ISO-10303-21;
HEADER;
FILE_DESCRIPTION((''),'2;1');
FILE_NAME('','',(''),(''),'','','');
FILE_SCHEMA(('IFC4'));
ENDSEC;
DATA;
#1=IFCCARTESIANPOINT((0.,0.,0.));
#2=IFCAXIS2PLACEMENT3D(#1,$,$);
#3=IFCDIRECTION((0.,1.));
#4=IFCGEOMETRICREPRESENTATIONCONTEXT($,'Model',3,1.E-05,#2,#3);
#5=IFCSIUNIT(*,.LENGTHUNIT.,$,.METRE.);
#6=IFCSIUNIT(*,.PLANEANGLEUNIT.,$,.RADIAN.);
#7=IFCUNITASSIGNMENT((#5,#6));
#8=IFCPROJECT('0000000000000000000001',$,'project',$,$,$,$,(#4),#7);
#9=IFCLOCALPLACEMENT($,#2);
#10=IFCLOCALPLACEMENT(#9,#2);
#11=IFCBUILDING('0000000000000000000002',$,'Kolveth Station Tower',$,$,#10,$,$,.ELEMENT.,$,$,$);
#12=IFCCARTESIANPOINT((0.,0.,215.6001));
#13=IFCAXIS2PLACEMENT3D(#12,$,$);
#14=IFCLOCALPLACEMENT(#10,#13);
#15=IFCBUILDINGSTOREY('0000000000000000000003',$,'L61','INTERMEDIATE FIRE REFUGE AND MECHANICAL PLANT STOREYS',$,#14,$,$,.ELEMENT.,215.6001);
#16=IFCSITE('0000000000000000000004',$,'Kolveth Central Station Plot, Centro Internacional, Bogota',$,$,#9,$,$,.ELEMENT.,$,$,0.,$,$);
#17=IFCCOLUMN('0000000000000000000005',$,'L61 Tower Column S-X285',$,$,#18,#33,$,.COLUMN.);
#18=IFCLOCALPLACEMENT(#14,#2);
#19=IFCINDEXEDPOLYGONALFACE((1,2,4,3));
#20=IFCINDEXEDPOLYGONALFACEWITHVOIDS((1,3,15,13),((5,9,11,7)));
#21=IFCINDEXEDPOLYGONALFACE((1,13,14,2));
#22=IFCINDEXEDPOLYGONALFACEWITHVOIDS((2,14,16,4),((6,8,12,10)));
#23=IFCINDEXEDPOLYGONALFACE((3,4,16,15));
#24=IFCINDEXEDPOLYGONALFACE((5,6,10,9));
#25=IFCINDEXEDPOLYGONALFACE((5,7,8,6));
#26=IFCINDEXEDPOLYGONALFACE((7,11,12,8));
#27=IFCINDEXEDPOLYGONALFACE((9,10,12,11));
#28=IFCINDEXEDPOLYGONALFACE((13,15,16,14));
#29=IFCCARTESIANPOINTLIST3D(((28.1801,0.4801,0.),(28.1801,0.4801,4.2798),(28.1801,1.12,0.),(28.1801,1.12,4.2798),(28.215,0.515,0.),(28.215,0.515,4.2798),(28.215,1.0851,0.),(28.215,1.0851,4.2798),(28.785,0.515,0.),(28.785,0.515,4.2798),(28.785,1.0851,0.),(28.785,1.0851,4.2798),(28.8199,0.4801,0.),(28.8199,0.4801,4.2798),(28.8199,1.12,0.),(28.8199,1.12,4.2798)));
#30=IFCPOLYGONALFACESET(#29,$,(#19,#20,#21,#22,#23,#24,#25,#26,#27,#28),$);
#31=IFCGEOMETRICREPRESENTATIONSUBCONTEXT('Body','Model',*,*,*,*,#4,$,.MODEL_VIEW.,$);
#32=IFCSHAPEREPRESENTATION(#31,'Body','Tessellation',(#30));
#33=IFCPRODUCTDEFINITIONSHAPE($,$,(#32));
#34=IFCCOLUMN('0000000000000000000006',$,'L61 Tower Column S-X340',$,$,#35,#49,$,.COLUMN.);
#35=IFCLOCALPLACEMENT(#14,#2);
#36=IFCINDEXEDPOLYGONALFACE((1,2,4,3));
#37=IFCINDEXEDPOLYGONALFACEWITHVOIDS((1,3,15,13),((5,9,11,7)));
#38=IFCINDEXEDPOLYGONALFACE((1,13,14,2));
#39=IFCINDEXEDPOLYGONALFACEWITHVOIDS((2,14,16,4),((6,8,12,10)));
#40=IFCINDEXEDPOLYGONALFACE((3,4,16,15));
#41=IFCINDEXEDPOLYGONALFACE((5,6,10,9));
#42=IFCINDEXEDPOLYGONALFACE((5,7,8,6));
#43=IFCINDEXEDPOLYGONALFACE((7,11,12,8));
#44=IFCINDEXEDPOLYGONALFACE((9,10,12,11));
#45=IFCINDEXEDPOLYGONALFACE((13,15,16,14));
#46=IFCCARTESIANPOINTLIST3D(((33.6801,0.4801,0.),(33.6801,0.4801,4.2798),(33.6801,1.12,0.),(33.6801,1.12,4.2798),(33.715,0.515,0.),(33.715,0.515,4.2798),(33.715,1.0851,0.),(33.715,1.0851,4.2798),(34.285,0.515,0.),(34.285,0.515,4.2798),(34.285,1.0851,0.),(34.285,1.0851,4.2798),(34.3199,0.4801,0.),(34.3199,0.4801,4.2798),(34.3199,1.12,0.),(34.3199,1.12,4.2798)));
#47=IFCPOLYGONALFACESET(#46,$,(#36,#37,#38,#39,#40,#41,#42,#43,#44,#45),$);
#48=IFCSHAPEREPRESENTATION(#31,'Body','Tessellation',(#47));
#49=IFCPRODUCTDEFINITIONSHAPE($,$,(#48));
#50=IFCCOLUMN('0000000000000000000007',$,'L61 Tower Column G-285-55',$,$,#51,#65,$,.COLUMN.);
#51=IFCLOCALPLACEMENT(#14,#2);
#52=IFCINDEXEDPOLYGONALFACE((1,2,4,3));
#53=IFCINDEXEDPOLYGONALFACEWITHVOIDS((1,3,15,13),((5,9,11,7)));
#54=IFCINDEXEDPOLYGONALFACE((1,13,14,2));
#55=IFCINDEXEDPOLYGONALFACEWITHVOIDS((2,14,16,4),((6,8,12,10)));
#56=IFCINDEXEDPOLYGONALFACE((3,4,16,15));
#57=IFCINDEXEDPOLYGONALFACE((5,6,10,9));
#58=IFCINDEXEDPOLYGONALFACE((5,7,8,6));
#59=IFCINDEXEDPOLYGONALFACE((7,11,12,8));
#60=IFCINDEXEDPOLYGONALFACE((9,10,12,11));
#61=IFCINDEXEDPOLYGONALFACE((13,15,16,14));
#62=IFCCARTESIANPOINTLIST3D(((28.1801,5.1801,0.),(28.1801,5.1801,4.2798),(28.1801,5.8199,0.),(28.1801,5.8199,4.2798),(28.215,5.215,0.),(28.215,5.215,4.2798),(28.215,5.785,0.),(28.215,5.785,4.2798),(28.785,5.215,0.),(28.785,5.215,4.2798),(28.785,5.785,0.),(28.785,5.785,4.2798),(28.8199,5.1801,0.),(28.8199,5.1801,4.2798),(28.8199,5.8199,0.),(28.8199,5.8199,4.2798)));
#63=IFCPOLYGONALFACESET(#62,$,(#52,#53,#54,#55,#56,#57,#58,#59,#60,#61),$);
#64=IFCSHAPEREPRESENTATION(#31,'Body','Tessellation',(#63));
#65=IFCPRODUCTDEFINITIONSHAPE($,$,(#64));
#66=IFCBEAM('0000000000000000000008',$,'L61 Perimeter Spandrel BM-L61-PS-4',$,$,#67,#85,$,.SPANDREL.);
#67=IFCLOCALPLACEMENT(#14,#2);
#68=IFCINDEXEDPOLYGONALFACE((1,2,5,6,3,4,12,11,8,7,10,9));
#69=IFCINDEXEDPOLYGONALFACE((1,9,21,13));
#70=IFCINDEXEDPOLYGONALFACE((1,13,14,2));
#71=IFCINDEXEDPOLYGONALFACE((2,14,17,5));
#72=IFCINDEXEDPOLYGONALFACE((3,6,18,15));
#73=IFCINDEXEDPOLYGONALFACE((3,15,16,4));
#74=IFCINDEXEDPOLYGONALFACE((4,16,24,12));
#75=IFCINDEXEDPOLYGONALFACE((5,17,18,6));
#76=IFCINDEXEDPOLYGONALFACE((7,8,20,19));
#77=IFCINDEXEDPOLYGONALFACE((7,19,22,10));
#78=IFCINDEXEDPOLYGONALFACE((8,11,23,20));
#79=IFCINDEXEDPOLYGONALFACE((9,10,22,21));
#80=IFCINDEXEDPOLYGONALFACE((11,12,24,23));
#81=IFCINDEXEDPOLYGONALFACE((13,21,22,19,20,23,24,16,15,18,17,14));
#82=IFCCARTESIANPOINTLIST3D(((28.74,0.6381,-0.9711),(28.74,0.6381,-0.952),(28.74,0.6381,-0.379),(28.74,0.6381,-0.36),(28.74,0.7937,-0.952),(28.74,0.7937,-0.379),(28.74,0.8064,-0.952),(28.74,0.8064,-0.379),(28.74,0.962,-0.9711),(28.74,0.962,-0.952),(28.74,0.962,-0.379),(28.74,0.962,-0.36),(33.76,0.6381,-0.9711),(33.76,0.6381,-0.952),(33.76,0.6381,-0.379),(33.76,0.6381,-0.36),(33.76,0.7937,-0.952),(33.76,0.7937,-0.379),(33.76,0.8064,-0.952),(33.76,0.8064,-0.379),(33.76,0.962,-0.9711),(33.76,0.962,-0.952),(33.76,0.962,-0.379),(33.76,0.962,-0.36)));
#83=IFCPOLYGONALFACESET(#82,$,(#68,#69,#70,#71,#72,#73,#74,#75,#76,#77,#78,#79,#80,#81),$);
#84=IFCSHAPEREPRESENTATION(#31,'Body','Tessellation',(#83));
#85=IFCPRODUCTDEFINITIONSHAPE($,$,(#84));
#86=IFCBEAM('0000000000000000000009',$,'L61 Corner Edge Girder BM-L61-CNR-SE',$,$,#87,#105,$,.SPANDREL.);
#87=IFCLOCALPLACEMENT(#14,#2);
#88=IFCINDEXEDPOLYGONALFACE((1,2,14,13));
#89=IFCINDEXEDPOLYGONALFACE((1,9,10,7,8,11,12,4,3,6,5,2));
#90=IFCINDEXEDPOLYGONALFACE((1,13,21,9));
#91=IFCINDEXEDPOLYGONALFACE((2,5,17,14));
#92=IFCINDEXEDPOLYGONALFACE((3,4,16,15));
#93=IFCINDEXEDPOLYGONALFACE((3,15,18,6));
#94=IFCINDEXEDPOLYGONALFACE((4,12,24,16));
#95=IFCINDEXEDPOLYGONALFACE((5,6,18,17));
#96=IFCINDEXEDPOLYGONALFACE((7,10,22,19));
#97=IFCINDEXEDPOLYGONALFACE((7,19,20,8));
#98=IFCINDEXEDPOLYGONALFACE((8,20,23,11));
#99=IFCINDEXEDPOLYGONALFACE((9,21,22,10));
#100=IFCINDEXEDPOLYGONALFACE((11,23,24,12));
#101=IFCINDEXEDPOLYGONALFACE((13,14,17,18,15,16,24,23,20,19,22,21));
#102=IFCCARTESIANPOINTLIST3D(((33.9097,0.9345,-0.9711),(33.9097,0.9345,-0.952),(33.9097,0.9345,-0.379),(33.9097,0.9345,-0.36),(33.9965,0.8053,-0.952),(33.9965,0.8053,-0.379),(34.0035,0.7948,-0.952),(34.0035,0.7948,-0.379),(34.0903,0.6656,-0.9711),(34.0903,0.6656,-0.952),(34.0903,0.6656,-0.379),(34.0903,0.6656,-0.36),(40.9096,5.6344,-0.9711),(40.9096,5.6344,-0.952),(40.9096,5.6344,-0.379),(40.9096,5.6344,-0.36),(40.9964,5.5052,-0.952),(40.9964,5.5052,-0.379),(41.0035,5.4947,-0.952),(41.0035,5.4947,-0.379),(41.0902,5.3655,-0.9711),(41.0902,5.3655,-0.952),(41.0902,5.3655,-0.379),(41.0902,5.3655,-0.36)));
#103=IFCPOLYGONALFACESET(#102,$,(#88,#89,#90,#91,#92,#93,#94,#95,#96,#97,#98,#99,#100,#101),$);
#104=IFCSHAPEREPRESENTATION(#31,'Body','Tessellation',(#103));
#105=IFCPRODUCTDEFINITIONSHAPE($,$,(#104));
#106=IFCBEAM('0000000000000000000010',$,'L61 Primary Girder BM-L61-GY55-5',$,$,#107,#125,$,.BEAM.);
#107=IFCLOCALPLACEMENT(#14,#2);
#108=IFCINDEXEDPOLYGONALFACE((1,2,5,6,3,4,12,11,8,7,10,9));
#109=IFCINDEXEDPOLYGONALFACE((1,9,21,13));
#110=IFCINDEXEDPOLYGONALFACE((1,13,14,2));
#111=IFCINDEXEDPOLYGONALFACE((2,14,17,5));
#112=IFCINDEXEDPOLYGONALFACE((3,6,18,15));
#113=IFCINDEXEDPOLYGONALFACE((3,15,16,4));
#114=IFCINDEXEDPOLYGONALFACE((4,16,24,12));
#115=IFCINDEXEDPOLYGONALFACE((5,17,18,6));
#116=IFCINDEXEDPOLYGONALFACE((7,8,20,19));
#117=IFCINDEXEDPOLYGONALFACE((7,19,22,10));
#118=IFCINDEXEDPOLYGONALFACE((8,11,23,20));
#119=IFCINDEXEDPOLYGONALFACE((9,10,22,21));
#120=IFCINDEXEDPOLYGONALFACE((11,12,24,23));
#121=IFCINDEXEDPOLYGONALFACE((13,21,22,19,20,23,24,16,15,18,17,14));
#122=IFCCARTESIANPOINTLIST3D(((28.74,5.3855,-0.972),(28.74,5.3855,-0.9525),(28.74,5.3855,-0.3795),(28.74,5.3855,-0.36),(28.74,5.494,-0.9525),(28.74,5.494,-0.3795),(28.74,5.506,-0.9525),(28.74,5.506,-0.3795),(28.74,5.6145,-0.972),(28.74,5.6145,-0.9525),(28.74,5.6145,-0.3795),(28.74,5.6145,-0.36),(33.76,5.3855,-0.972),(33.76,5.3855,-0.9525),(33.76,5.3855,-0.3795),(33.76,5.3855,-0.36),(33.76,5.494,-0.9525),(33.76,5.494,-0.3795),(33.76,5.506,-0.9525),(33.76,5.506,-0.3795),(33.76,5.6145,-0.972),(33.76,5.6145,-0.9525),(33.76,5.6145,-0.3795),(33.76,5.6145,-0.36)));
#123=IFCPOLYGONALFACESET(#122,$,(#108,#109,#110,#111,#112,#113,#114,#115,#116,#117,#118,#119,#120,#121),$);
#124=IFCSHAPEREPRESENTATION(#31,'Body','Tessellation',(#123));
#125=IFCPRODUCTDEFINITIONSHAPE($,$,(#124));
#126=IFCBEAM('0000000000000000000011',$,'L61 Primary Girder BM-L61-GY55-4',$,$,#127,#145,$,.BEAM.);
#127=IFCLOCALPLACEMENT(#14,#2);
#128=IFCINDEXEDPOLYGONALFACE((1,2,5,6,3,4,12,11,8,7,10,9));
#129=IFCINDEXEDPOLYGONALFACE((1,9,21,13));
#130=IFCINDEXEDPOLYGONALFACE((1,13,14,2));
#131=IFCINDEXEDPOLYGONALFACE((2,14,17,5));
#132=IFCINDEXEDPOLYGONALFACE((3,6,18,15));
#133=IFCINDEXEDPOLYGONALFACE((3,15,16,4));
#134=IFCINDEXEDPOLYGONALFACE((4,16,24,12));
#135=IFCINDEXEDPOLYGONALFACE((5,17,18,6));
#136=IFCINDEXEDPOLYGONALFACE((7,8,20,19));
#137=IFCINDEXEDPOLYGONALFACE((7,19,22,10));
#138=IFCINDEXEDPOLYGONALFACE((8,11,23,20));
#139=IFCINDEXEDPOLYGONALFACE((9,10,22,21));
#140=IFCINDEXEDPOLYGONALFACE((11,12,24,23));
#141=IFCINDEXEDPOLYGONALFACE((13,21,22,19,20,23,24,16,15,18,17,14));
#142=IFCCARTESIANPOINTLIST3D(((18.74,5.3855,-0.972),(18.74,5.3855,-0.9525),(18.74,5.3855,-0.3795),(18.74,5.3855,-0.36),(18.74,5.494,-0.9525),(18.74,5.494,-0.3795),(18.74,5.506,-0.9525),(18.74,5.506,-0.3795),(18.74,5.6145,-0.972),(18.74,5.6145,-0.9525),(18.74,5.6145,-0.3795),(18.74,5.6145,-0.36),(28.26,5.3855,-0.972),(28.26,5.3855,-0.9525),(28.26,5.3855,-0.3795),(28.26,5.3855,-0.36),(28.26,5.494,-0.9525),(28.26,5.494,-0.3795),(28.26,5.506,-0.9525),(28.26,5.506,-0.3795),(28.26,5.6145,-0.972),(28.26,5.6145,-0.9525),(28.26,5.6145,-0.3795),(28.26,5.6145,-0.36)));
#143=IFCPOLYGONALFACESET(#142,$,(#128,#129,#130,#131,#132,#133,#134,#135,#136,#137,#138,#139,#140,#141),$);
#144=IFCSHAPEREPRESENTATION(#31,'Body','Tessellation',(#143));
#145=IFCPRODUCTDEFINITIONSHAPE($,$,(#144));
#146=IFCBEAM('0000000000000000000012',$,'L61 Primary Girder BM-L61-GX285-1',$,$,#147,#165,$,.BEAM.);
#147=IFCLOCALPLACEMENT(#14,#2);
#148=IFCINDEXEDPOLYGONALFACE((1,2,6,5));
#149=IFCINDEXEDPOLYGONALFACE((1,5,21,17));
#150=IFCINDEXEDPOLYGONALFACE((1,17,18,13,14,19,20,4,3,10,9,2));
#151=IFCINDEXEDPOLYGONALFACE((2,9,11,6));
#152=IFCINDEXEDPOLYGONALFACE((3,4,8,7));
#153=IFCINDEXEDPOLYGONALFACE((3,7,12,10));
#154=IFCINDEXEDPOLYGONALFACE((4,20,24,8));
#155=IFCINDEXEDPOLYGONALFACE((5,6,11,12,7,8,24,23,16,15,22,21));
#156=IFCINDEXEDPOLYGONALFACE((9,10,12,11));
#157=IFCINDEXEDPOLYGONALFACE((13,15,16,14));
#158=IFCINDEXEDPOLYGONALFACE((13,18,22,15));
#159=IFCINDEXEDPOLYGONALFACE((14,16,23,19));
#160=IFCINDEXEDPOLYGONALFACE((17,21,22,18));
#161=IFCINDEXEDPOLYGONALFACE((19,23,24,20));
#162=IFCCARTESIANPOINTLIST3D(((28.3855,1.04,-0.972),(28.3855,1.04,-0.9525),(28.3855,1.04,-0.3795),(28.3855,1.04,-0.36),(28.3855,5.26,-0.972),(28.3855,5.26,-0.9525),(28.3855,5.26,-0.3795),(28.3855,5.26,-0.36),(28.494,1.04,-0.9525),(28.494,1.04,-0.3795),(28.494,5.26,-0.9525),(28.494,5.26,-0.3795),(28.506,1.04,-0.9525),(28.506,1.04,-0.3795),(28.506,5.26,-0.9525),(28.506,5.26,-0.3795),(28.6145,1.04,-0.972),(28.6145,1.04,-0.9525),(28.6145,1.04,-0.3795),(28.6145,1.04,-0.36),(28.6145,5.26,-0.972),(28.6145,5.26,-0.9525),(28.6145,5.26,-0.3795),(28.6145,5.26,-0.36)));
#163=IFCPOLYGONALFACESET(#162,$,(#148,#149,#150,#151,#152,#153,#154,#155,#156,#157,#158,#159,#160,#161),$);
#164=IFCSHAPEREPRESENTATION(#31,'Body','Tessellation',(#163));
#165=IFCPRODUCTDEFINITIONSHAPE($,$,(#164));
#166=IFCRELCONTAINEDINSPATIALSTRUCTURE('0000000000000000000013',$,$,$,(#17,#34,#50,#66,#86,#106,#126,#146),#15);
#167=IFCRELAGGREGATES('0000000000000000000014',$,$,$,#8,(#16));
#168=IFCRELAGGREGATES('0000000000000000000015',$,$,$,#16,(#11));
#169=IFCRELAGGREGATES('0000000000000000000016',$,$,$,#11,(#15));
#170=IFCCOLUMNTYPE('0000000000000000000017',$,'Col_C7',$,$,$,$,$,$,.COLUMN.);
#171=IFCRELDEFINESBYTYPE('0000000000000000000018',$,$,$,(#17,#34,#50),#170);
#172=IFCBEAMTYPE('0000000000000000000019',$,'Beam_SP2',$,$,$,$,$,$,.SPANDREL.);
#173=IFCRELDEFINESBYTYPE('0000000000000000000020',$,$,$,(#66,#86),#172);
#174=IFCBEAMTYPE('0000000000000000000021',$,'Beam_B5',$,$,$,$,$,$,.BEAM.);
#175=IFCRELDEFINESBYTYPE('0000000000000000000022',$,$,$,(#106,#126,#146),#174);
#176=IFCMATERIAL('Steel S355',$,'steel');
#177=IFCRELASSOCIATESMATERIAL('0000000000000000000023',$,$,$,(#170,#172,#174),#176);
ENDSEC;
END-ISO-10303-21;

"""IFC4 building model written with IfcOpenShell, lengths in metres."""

from ifc_helpers import new_model, si_unit, direction, frame, origin, origin_2d, place, context, subcontext, project, spatial, hollow_rectangle, i_section, extrude, source, transform, mapped, material, material_profile, profile_set, type_object, element, save


model = new_model("IFC4")

# Units and contexts
model_context = context("Model", 3, precision=1e-05, world=origin(), true_north=direction((0.0, 1.0)))
body_context = subcontext(model_context, "Body", "Model", "MODEL_VIEW")
ifc_project = project(units=[si_unit("LENGTHUNIT", "METRE"), si_unit("PLANEANGLEUNIT", "RADIAN")], contexts=[model_context])

# Site, building, storey
site_placement = place(None, origin())
site = spatial("IfcSite", under=ifc_project, at=site_placement, Name="Kolveth Central Station Plot, Centro Internacional, Bogota", CompositionType="ELEMENT", RefElevation=0.0)
building_placement = place(site_placement, origin())
building = spatial("IfcBuilding", under=site, at=building_placement, Name="Kolveth Station Tower", CompositionType="ELEMENT")
storey_placement = place(building_placement, frame((0.0, 0.0, 215.6001)))
storey = spatial("IfcBuildingStorey", under=building, at=storey_placement, Name="L61", Description="INTERMEDIATE FIRE REFUGE AND MECHANICAL PLANT STOREYS", CompositionType="ELEMENT", Elevation=215.6001)

# Columns
ifc_material_1 = material(Name="Steel S355", Category="steel")
ifc_material_profile_1 = material_profile(ifc_material_1, hollow_rectangle(XDim=0.6399, YDim=0.6399, WallThickness=0.0349, at=origin_2d()), Name="BOX640x640x35")
ifc_profile_set_1 = profile_set([ifc_material_profile_1], Name="Steel S355")
column_type = type_object("IfcColumnType", Name="Col_C7", PredefinedType="COLUMN", material=ifc_profile_set_1)
shared_shape_1 = source(origin(), body_context, "Body", "SweptSolid", [
    extrude(hollow_rectangle(XDim=0.6399, YDim=0.6399, WallThickness=0.0349, at=origin_2d()), origin(), (0.0, 0.0, 1.0), 4.2798),
])
for number, where, z_axis, x_axis, name in (
    (1, (28.5, 0.8, 0.0), (0.0, 0.0, 1.0), (1.0, 0.0, 0.0), "L61 Tower Column S-X285"),
    (2, (34.0, 0.8, 0.0), (0.0, 0.0, 1.0), (1.0, 0.0, 0.0), "L61 Tower Column S-X340"),
    (3, (28.5, 5.5, 0.0), (0.0, 0.0, 1.0), (1.0, 0.0, 0.0), "L61 Tower Column G-285-55"),
):
    element("IfcColumn", number, at=place(storey_placement, frame(where, z_axis=z_axis, x_axis=x_axis)), inside=storey, type_object=column_type, Name=name, PredefinedType="COLUMN", context=body_context, shape_type="MappedRepresentation", body=[
        mapped(shared_shape_1, transform((0.0, 0.0, 0.0), x_axis=(1.0, 0.0, 0.0), y_axis=(0.0, 1.0, 0.0), z_axis=(0.0, 0.0, 1.0), scale=1.0)),
    ])

# Beams
ifc_material_profile_2 = material_profile(ifc_material_1, i_section(OverallWidth=0.324, OverallDepth=0.6111, WebThickness=0.0127, FlangeThickness=0.019, at=origin_2d()), Name="W610x155")
ifc_profile_set_2 = profile_set([ifc_material_profile_2], Name="Steel S355")
beam_type_1 = type_object("IfcBeamType", Name="Beam_SP2", PredefinedType="SPANDREL", material=ifc_profile_set_2)
shared_shape_2 = source(origin(), body_context, "Body", "SweptSolid", [
    extrude(i_section(OverallWidth=0.324, OverallDepth=0.6111, WebThickness=0.0127, FlangeThickness=0.019, at=origin_2d()), origin(), (0.0, 0.0, 1.0), 5.02),
])
beam_1_placement = place(storey_placement, frame((28.74, 0.8, -0.6655), z_axis=(1.0, 0.0, 0.0), x_axis=(0.0, 1.0, 0.0)))
element("IfcBeam", 4, at=beam_1_placement, inside=storey, type_object=beam_type_1, Name="L61 Perimeter Spandrel BM-L61-PS-4", PredefinedType="SPANDREL", context=body_context, shape_type="MappedRepresentation", body=[
    mapped(shared_shape_2, transform((0.0, 0.0, 0.0), x_axis=(1.0, 0.0, 0.0), y_axis=(0.0, 1.0, 0.0), z_axis=(0.0, 0.0, 1.0), scale=1.0)),
])
shared_shape_3 = source(origin(), body_context, "Body", "SweptSolid", [
    extrude(i_section(OverallWidth=0.324, OverallDepth=0.6111, WebThickness=0.0127, FlangeThickness=0.019, at=origin_2d()), origin(), (0.0, 0.0, 1.0), 8.4314),
])
beam_2_placement = place(storey_placement, frame((34.0, 0.8, -0.6655), z_axis=(0.830224, 0.55743, 0.0), x_axis=(-0.55743, 0.830224, 0.0)))
element("IfcBeam", 5, at=beam_2_placement, inside=storey, type_object=beam_type_1, Name="L61 Corner Edge Girder BM-L61-CNR-SE", PredefinedType="SPANDREL", context=body_context, shape_type="MappedRepresentation", body=[
    mapped(shared_shape_3, transform((0.0, 0.0, 0.0), x_axis=(1.0, 0.0, 0.0), y_axis=(0.0, 1.0, 0.0), z_axis=(0.0, 0.0, 1.0), scale=1.0)),
])
ifc_material_profile_3 = material_profile(ifc_material_1, i_section(OverallWidth=0.229, OverallDepth=0.6121, WebThickness=0.012, FlangeThickness=0.0195, at=origin_2d()), Name="W610x125")
ifc_profile_set_3 = profile_set([ifc_material_profile_3], Name="Steel S355")
beam_type_2 = type_object("IfcBeamType", Name="Beam_B5", PredefinedType="BEAM", material=ifc_profile_set_3)
shared_shape_4 = source(origin(), body_context, "Body", "SweptSolid", [
    extrude(i_section(OverallWidth=0.229, OverallDepth=0.6121, WebThickness=0.012, FlangeThickness=0.0195, at=origin_2d()), origin(), (0.0, 0.0, 1.0), 5.02),
])
beam_3_placement = place(storey_placement, frame((28.74, 5.5, -0.666), z_axis=(1.0, 0.0, 0.0), x_axis=(0.0, 1.0, 0.0)))
element("IfcBeam", 6, at=beam_3_placement, inside=storey, type_object=beam_type_2, Name="L61 Primary Girder BM-L61-GY55-5", PredefinedType="BEAM", context=body_context, shape_type="MappedRepresentation", body=[
    mapped(shared_shape_4, transform((0.0, 0.0, 0.0), x_axis=(1.0, 0.0, 0.0), y_axis=(0.0, 1.0, 0.0), z_axis=(0.0, 0.0, 1.0), scale=1.0)),
])
shared_shape_5 = source(origin(), body_context, "Body", "SweptSolid", [
    extrude(i_section(OverallWidth=0.229, OverallDepth=0.6121, WebThickness=0.012, FlangeThickness=0.0195, at=origin_2d()), origin(), (0.0, 0.0, 1.0), 9.52),
])
beam_4_placement = place(storey_placement, frame((18.74, 5.5, -0.666), z_axis=(1.0, 0.0, 0.0), x_axis=(0.0, 1.0, 0.0)))
element("IfcBeam", 7, at=beam_4_placement, inside=storey, type_object=beam_type_2, Name="L61 Primary Girder BM-L61-GY55-4", PredefinedType="BEAM", context=body_context, shape_type="MappedRepresentation", body=[
    mapped(shared_shape_5, transform((0.0, 0.0, 0.0), x_axis=(1.0, 0.0, 0.0), y_axis=(0.0, 1.0, 0.0), z_axis=(0.0, 0.0, 1.0), scale=1.0)),
])
shared_shape_6 = source(origin(), body_context, "Body", "SweptSolid", [
    extrude(i_section(OverallWidth=0.229, OverallDepth=0.6121, WebThickness=0.012, FlangeThickness=0.0195, at=origin_2d()), origin(), (0.0, 0.0, 1.0), 4.22),
])
beam_5_placement = place(storey_placement, frame((28.5, 1.04, -0.666), z_axis=(0.0, 1.0, 0.0), x_axis=(-1.0, 0.0, 0.0)))
element("IfcBeam", 8, at=beam_5_placement, inside=storey, type_object=beam_type_2, Name="L61 Primary Girder BM-L61-GX285-1", PredefinedType="BEAM", context=body_context, shape_type="MappedRepresentation", body=[
    mapped(shared_shape_6, transform((0.0, 0.0, 0.0), x_axis=(1.0, 0.0, 0.0), y_axis=(0.0, 1.0, 0.0), z_axis=(0.0, 0.0, 1.0), scale=1.0)),
])

save(model, "model.ifc")
